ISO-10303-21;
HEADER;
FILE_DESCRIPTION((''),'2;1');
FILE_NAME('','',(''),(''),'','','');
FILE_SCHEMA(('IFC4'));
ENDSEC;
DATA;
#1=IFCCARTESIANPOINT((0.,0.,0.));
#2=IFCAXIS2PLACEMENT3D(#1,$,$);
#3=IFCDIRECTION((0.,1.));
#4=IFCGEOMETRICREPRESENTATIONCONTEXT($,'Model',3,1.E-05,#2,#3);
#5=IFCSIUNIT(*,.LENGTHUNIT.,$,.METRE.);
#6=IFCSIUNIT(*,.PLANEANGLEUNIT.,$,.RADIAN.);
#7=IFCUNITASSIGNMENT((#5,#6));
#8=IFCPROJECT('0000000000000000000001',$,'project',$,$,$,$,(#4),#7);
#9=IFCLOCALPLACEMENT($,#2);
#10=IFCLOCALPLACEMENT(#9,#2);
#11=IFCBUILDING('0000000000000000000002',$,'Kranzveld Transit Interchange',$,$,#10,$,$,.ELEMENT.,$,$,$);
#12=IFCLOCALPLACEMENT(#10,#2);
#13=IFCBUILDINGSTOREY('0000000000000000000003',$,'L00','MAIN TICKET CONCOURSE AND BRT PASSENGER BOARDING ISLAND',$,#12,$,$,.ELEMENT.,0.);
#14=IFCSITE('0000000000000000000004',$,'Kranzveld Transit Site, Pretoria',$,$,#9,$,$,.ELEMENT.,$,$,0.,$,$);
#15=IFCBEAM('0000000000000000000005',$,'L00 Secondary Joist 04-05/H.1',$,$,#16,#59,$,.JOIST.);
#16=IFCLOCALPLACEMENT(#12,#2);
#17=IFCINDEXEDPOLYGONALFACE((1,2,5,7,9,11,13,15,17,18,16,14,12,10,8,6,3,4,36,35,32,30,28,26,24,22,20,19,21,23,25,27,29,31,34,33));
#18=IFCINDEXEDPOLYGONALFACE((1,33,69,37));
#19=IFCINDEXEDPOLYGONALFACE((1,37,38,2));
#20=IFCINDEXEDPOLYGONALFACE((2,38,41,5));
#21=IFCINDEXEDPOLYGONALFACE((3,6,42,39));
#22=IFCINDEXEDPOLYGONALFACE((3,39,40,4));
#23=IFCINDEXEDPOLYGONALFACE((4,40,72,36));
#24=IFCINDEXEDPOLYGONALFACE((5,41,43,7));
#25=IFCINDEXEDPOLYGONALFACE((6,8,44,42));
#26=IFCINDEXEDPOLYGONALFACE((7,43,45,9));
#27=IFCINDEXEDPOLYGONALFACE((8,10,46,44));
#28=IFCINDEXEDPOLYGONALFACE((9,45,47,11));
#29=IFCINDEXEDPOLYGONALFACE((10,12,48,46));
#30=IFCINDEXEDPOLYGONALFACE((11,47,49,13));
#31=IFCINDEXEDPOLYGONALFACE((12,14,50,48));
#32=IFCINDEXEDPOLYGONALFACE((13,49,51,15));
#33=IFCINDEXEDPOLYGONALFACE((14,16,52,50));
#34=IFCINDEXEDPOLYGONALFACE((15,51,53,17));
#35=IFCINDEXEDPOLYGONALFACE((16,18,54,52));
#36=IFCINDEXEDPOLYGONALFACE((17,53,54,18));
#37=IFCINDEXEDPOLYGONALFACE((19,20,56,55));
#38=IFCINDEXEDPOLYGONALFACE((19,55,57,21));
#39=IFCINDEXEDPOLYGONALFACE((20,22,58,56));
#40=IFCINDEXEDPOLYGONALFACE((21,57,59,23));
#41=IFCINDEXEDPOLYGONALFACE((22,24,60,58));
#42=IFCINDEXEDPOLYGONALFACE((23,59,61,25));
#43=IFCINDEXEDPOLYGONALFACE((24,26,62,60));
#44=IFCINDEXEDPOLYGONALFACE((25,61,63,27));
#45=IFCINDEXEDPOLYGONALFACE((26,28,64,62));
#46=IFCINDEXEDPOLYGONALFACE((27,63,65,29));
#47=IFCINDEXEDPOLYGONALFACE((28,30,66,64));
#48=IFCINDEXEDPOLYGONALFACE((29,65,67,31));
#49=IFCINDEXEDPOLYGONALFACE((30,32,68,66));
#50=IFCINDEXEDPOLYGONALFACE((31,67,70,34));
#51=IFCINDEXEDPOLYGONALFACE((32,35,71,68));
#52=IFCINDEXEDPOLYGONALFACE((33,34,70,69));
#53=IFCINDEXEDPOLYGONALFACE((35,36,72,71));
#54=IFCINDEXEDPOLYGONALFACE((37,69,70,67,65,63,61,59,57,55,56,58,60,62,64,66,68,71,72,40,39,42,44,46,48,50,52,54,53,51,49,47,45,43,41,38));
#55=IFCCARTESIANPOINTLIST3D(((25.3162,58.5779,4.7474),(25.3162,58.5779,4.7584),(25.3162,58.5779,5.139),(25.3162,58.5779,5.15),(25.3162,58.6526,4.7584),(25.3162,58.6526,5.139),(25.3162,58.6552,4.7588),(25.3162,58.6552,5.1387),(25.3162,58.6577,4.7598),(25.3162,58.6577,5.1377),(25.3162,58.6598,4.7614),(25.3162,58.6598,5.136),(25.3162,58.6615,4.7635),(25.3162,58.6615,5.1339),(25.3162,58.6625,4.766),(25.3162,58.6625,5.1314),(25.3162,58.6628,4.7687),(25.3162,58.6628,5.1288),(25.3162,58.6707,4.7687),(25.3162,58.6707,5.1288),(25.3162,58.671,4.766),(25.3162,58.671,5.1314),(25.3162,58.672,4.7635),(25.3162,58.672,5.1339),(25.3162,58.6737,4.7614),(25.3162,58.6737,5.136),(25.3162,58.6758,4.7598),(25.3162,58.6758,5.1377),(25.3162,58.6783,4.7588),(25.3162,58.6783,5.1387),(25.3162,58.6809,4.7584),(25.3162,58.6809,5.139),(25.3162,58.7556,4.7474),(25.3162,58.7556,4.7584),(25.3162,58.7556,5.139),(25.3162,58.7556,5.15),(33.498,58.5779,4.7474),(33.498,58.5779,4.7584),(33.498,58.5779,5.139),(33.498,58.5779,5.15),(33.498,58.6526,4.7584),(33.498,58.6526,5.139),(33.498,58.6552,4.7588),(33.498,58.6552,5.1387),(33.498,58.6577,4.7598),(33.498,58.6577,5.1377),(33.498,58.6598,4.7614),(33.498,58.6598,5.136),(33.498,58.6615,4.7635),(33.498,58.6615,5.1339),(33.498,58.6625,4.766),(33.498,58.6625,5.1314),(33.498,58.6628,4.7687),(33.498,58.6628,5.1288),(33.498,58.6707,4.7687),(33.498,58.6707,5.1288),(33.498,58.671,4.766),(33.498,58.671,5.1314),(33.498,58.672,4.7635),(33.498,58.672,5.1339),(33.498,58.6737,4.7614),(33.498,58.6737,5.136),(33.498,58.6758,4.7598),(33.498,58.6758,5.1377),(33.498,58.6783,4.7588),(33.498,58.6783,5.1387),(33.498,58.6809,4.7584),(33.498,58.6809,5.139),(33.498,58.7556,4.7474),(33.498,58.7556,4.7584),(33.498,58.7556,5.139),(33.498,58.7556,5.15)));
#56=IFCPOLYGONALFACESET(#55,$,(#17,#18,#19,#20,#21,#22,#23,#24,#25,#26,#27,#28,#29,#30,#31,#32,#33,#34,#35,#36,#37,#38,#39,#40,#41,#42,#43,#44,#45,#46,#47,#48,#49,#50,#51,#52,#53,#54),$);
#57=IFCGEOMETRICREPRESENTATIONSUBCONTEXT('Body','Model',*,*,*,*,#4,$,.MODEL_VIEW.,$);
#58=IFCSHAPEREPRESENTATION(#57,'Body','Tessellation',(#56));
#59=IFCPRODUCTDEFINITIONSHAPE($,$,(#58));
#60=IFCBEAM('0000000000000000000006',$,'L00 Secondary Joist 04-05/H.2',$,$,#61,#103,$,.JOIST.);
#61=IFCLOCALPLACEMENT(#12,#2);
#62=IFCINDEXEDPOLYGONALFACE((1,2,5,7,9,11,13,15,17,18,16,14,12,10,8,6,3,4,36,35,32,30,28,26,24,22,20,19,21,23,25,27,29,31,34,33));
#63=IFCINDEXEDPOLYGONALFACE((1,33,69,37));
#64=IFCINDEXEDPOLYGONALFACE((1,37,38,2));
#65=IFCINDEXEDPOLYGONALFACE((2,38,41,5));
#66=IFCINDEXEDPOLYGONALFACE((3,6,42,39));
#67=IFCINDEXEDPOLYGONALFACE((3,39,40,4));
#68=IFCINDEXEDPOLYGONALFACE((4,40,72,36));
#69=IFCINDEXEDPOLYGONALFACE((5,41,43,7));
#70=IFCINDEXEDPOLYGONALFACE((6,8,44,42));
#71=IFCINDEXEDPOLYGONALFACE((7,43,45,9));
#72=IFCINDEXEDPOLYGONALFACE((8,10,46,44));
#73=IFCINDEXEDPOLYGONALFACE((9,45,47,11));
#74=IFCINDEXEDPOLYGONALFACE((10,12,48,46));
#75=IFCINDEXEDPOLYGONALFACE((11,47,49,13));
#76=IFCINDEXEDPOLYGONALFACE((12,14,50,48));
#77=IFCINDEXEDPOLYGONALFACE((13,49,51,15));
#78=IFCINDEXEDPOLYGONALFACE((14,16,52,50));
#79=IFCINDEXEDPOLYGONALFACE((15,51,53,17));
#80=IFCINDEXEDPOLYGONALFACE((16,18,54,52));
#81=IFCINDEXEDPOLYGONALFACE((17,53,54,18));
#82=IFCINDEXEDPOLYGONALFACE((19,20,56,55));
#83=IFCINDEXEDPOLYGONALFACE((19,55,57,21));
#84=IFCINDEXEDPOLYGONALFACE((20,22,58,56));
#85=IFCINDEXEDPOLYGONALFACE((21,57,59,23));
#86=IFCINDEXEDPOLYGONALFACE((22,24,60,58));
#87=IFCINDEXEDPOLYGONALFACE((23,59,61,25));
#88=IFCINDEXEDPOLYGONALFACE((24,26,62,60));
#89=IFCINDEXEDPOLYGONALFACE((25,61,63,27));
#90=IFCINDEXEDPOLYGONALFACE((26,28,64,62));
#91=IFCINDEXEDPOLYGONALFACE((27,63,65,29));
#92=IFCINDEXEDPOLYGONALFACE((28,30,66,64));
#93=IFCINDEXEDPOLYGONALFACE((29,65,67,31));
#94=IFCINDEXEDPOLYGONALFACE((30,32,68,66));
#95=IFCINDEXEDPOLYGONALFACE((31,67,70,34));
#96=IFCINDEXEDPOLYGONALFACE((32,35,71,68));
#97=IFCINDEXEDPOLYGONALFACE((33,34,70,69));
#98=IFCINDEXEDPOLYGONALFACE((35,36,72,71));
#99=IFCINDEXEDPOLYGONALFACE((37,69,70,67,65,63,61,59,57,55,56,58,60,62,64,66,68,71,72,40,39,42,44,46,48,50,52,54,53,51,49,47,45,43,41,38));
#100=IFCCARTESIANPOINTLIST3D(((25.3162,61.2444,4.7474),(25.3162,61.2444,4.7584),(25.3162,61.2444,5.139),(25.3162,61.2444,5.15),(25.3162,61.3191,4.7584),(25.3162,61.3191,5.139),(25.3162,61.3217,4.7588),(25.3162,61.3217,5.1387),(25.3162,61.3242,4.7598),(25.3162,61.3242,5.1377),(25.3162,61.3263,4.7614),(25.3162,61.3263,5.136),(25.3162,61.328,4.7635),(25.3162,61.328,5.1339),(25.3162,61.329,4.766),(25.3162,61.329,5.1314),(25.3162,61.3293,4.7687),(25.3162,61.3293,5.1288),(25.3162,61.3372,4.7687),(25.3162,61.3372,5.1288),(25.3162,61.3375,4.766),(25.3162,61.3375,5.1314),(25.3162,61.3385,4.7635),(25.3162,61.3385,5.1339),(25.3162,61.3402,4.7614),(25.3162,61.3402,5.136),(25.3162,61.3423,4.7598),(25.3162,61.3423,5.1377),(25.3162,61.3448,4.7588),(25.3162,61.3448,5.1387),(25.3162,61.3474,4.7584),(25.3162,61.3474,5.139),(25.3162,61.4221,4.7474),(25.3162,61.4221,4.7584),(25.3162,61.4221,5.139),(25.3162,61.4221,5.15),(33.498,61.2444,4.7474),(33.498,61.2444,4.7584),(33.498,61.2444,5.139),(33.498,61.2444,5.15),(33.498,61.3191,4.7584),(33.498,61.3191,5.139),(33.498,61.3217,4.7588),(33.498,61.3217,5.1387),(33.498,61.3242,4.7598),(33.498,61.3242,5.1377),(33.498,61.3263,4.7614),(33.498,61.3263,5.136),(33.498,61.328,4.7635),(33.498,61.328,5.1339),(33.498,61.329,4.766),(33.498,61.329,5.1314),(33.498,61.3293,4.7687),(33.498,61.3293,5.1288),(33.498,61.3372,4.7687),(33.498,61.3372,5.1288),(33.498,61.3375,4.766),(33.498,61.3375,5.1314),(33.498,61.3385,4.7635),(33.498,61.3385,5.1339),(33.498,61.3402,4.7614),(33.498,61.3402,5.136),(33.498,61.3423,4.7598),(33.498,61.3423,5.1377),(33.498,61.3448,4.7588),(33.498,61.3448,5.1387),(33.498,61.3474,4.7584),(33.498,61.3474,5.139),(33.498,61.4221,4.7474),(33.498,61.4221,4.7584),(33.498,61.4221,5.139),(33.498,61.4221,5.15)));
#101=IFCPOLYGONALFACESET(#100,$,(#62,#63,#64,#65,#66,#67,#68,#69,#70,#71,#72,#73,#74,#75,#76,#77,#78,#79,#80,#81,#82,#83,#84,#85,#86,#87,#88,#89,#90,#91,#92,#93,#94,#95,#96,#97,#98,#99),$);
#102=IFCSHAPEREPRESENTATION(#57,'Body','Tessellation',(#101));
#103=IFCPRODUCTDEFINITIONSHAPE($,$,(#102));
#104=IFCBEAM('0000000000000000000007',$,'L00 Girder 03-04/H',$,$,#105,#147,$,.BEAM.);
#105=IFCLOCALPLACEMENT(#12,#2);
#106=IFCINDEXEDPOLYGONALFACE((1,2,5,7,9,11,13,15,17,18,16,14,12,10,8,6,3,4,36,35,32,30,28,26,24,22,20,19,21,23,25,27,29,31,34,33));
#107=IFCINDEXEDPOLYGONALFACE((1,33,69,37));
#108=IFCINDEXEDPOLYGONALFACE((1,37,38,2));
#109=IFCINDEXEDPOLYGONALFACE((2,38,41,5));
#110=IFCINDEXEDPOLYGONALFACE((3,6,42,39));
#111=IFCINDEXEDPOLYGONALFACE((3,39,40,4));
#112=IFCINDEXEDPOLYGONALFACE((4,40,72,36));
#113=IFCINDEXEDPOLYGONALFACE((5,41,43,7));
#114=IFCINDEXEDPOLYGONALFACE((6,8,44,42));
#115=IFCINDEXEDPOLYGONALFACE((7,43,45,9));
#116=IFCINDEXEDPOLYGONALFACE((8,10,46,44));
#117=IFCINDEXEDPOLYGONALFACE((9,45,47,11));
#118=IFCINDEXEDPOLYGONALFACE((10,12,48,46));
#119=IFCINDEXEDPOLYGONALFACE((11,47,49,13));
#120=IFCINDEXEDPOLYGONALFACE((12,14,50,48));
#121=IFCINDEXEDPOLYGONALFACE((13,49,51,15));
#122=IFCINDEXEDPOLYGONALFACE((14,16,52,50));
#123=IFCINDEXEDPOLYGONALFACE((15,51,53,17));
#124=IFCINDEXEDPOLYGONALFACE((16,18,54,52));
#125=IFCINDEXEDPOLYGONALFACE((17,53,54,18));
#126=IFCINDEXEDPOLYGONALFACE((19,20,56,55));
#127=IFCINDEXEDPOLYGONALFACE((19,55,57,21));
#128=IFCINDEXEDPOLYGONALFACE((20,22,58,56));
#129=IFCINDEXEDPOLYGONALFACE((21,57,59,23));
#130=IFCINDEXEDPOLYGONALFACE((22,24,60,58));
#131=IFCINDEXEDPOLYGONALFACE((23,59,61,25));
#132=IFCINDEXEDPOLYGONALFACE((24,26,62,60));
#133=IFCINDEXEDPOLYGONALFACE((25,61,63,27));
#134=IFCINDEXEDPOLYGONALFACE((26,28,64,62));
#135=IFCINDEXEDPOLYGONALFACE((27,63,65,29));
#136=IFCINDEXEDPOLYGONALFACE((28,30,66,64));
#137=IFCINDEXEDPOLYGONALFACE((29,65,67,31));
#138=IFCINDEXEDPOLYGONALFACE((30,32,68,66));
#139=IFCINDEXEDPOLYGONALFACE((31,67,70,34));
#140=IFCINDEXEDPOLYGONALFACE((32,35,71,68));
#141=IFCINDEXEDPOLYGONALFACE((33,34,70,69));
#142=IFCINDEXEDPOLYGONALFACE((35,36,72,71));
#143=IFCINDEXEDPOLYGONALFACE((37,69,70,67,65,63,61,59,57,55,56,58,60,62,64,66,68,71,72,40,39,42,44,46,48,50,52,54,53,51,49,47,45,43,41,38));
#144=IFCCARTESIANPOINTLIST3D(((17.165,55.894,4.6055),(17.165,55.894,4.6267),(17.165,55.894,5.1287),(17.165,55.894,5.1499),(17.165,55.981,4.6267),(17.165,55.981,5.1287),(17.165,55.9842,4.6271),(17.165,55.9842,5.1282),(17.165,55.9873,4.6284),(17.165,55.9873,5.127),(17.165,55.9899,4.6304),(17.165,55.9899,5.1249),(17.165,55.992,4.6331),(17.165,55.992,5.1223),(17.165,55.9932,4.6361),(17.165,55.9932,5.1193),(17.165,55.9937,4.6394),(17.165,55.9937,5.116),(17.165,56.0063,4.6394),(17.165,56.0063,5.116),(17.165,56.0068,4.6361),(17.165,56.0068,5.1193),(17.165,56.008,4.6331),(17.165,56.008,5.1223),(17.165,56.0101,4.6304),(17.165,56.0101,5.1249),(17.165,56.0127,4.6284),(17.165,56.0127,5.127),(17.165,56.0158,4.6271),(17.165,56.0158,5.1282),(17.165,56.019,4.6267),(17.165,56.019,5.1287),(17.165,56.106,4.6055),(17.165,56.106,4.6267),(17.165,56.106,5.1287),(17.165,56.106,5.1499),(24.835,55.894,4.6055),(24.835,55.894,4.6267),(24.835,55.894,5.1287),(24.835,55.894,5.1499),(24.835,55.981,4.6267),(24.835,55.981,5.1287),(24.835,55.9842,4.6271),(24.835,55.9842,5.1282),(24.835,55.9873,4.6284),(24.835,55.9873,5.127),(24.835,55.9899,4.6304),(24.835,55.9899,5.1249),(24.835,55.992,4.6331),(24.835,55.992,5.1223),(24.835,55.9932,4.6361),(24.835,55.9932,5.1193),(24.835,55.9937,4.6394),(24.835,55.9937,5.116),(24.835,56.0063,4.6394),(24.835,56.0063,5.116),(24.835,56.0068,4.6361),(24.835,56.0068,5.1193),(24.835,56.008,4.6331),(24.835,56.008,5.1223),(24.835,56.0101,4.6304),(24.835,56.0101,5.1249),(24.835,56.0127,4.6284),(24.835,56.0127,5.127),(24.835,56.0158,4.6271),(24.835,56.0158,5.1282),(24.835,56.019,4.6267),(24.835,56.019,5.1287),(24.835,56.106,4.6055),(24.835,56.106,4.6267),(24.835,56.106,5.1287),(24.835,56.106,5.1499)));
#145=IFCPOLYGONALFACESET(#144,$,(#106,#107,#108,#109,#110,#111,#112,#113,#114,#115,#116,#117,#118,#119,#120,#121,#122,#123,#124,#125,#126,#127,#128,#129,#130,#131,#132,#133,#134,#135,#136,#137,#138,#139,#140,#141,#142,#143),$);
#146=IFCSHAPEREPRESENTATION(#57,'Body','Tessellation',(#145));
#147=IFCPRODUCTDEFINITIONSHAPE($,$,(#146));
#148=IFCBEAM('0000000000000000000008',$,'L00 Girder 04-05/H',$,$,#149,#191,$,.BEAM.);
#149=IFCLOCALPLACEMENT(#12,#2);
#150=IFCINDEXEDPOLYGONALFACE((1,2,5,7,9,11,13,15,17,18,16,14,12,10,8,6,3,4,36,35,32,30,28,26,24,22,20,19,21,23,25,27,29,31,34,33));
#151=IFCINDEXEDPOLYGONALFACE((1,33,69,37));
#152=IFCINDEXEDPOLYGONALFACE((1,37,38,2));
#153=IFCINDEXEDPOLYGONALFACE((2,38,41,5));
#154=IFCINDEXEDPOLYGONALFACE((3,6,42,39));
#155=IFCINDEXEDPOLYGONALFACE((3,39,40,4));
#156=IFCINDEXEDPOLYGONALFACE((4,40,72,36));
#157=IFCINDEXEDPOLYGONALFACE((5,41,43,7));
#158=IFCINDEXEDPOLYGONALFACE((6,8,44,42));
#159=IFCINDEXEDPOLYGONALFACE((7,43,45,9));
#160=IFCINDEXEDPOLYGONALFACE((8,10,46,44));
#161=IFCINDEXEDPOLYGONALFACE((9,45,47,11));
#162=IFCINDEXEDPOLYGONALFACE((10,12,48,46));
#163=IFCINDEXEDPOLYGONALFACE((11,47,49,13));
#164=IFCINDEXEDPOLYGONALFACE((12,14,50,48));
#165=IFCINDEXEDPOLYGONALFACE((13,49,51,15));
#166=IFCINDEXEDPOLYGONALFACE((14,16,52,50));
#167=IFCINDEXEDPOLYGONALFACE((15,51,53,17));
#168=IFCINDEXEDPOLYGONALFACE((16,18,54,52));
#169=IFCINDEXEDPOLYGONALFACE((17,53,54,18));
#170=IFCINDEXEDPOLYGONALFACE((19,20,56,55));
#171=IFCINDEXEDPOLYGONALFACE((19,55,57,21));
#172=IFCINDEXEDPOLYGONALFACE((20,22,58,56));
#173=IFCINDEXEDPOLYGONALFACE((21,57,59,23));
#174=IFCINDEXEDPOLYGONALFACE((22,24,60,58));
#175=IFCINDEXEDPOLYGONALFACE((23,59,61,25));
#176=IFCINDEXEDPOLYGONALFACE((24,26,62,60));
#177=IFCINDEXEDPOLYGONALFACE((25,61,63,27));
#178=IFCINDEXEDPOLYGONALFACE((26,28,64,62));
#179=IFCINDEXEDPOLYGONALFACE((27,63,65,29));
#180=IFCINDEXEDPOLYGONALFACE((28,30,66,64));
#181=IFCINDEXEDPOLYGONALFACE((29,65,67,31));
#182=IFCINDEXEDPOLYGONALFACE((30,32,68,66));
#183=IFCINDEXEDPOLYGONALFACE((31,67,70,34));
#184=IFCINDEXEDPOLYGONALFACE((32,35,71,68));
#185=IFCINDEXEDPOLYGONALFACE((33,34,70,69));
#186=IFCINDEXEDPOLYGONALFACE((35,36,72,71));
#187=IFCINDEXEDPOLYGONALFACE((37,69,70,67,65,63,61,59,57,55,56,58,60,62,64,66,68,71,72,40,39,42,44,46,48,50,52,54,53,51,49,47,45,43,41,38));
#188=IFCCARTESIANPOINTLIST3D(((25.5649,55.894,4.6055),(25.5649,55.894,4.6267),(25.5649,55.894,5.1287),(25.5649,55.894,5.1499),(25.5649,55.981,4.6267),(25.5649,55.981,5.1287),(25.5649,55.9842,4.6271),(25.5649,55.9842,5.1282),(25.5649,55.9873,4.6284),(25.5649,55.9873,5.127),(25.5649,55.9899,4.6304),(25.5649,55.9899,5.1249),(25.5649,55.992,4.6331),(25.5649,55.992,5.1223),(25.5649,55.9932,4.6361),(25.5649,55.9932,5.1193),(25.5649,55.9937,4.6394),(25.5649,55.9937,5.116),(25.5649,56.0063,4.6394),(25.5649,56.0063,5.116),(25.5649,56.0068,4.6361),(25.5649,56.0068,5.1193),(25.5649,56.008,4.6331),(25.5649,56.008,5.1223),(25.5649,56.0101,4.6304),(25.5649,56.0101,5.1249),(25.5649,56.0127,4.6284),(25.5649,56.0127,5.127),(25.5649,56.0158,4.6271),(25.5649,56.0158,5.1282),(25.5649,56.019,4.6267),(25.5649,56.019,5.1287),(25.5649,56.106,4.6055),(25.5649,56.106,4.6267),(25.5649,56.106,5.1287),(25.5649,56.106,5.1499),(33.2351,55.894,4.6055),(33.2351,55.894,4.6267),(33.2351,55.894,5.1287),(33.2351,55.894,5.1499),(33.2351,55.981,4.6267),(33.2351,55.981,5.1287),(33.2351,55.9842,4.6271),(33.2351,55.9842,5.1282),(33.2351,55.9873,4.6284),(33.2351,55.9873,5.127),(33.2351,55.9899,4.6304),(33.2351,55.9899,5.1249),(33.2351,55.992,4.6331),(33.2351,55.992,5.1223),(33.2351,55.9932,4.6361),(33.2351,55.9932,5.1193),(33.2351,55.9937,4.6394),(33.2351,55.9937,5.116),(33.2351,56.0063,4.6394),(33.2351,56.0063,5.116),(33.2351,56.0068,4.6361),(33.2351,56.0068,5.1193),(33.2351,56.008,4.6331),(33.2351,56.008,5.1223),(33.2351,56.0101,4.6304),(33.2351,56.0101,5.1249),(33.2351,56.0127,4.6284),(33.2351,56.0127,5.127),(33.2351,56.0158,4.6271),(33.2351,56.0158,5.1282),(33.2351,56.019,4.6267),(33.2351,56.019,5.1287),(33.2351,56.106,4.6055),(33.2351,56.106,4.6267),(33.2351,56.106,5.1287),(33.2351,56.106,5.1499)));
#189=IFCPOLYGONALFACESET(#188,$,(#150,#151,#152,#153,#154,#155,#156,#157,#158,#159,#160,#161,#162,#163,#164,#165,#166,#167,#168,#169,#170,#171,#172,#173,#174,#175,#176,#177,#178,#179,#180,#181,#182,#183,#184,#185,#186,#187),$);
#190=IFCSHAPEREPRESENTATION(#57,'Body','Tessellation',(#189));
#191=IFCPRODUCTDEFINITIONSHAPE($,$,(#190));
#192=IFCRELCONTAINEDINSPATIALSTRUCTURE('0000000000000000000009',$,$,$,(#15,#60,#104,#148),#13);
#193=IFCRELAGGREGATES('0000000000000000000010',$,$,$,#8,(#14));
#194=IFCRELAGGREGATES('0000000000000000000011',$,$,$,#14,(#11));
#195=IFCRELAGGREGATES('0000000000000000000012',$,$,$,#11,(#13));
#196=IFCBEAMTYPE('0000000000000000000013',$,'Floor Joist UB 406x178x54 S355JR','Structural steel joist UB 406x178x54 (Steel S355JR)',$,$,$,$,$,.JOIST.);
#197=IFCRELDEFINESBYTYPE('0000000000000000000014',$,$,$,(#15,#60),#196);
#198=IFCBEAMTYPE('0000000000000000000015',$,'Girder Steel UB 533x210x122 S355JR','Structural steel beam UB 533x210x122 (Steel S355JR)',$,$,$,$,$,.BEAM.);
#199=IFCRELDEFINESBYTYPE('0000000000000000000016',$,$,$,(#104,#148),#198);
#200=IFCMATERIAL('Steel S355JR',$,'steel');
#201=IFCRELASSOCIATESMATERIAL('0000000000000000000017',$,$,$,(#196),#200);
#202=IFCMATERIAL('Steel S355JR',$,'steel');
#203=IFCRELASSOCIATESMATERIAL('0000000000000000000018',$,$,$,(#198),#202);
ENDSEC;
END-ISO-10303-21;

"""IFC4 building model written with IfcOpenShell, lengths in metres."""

from ifc_helpers import new_model, si_unit, direction, frame, origin, origin_2d, place, context, subcontext, project, spatial, i_section, extrude, material, material_profile, profile_set, type_object, element, save


model = new_model("IFC4")

# Units and contexts
model_context = context("Model", 3, precision=1e-05, world=origin(), true_north=direction((0.0, 1.0)))
body_context = subcontext(model_context, "Body", "Model", "MODEL_VIEW")
ifc_project = project(units=[si_unit("LENGTHUNIT", "METRE"), si_unit("PLANEANGLEUNIT", "RADIAN")], contexts=[model_context])

# Site, building, storey
site_placement = place(None, origin())
site = spatial("IfcSite", under=ifc_project, at=site_placement, Name="Kranzveld Transit Site, Pretoria", CompositionType="ELEMENT", RefElevation=0.0)
building_placement = place(site_placement, origin())
building = spatial("IfcBuilding", under=site, at=building_placement, Name="Kranzveld Transit Interchange", CompositionType="ELEMENT")
storey_placement = place(building_placement, origin())
storey = spatial("IfcBuildingStorey", under=building, at=storey_placement, Name="L00", Description="MAIN TICKET CONCOURSE AND BRT PASSENGER BOARDING ISLAND", CompositionType="ELEMENT", Elevation=0.0)

# Beams
ifc_material_1 = material(Name="Steel S355JR", Category="steel")
ifc_material_profile_1 = material_profile(ifc_material_1, i_section(OverallWidth=0.1777, OverallDepth=0.4026, WebThickness=0.0078, FlangeThickness=0.011, FilletRadius=0.0103, at=origin_2d()), Name="UB 406x178x54")
ifc_profile_set_1 = profile_set([ifc_material_profile_1], Name="Steel S355JR")
beam_type_1 = type_object("IfcBeamType", Name="Floor Joist UB 406x178x54 S355JR", Description="Structural steel joist UB 406x178x54 (Steel S355JR)", PredefinedType="JOIST", material=ifc_profile_set_1)
for number, where, z_axis, x_axis, name in (
    (1, (25.3162, 58.6667, 4.9487), (1.0, 0.0, 0.0), (0.0, 1.0, 0.0), "L00 Secondary Joist 04-05/H.1"),
    (2, (25.3162, 61.3333, 4.9487), (1.0, 0.0, 0.0), (0.0, 1.0, 0.0), "L00 Secondary Joist 04-05/H.2"),
):
    element("IfcBeam", number, at=place(storey_placement, frame(where, z_axis=z_axis, x_axis=x_axis)), inside=storey, type_object=beam_type_1, Name=name, PredefinedType="JOIST", context=body_context, shape_type="SweptSolid", body=[
        extrude(i_section(OverallWidth=0.1777, OverallDepth=0.4026, WebThickness=0.0078, FlangeThickness=0.011, FilletRadius=0.0103, at=origin_2d()), origin(), (0.0, 0.0, 1.0), 8.1819),
    ])
ifc_material_2 = material(Name="Steel S355JR", Category="steel")
ifc_material_profile_2 = material_profile(ifc_material_2, i_section(OverallWidth=0.2119, OverallDepth=0.5444, WebThickness=0.0127, FlangeThickness=0.0212, FilletRadius=0.0127, at=origin_2d()), Name="UB 533x210x122")
ifc_profile_set_2 = profile_set([ifc_material_profile_2], Name="Steel S355JR")
beam_type_2 = type_object("IfcBeamType", Name="Girder Steel UB 533x210x122 S355JR", Description="Structural steel beam UB 533x210x122 (Steel S355JR)", PredefinedType="BEAM", material=ifc_profile_set_2)
beam_1_placement = place(storey_placement, frame((17.165, 56.0, 4.8777), z_axis=(1.0, 0.0, 0.0), x_axis=(0.0, 1.0, 0.0)))
element("IfcBeam", 3, at=beam_1_placement, inside=storey, type_object=beam_type_2, Name="L00 Girder 03-04/H", PredefinedType="BEAM", context=body_context, shape_type="SweptSolid", body=[
    extrude(i_section(OverallWidth=0.2119, OverallDepth=0.5444, WebThickness=0.0127, FlangeThickness=0.0212, FilletRadius=0.0127, at=origin_2d()), origin(), (0.0, 0.0, 1.0), 7.6699),
])
beam_2_placement = place(storey_placement, frame((25.5649, 56.0, 4.8777), z_axis=(1.0, 0.0, 0.0), x_axis=(0.0, 1.0, 0.0)))
element("IfcBeam", 4, at=beam_2_placement, inside=storey, type_object=beam_type_2, Name="L00 Girder 04-05/H", PredefinedType="BEAM", context=body_context, shape_type="SweptSolid", body=[
    extrude(i_section(OverallWidth=0.2119, OverallDepth=0.5444, WebThickness=0.0127, FlangeThickness=0.0212, FilletRadius=0.0127, at=origin_2d()), origin(), (0.0, 0.0, 1.0), 7.6702),
])

save(model, "model.ifc")
